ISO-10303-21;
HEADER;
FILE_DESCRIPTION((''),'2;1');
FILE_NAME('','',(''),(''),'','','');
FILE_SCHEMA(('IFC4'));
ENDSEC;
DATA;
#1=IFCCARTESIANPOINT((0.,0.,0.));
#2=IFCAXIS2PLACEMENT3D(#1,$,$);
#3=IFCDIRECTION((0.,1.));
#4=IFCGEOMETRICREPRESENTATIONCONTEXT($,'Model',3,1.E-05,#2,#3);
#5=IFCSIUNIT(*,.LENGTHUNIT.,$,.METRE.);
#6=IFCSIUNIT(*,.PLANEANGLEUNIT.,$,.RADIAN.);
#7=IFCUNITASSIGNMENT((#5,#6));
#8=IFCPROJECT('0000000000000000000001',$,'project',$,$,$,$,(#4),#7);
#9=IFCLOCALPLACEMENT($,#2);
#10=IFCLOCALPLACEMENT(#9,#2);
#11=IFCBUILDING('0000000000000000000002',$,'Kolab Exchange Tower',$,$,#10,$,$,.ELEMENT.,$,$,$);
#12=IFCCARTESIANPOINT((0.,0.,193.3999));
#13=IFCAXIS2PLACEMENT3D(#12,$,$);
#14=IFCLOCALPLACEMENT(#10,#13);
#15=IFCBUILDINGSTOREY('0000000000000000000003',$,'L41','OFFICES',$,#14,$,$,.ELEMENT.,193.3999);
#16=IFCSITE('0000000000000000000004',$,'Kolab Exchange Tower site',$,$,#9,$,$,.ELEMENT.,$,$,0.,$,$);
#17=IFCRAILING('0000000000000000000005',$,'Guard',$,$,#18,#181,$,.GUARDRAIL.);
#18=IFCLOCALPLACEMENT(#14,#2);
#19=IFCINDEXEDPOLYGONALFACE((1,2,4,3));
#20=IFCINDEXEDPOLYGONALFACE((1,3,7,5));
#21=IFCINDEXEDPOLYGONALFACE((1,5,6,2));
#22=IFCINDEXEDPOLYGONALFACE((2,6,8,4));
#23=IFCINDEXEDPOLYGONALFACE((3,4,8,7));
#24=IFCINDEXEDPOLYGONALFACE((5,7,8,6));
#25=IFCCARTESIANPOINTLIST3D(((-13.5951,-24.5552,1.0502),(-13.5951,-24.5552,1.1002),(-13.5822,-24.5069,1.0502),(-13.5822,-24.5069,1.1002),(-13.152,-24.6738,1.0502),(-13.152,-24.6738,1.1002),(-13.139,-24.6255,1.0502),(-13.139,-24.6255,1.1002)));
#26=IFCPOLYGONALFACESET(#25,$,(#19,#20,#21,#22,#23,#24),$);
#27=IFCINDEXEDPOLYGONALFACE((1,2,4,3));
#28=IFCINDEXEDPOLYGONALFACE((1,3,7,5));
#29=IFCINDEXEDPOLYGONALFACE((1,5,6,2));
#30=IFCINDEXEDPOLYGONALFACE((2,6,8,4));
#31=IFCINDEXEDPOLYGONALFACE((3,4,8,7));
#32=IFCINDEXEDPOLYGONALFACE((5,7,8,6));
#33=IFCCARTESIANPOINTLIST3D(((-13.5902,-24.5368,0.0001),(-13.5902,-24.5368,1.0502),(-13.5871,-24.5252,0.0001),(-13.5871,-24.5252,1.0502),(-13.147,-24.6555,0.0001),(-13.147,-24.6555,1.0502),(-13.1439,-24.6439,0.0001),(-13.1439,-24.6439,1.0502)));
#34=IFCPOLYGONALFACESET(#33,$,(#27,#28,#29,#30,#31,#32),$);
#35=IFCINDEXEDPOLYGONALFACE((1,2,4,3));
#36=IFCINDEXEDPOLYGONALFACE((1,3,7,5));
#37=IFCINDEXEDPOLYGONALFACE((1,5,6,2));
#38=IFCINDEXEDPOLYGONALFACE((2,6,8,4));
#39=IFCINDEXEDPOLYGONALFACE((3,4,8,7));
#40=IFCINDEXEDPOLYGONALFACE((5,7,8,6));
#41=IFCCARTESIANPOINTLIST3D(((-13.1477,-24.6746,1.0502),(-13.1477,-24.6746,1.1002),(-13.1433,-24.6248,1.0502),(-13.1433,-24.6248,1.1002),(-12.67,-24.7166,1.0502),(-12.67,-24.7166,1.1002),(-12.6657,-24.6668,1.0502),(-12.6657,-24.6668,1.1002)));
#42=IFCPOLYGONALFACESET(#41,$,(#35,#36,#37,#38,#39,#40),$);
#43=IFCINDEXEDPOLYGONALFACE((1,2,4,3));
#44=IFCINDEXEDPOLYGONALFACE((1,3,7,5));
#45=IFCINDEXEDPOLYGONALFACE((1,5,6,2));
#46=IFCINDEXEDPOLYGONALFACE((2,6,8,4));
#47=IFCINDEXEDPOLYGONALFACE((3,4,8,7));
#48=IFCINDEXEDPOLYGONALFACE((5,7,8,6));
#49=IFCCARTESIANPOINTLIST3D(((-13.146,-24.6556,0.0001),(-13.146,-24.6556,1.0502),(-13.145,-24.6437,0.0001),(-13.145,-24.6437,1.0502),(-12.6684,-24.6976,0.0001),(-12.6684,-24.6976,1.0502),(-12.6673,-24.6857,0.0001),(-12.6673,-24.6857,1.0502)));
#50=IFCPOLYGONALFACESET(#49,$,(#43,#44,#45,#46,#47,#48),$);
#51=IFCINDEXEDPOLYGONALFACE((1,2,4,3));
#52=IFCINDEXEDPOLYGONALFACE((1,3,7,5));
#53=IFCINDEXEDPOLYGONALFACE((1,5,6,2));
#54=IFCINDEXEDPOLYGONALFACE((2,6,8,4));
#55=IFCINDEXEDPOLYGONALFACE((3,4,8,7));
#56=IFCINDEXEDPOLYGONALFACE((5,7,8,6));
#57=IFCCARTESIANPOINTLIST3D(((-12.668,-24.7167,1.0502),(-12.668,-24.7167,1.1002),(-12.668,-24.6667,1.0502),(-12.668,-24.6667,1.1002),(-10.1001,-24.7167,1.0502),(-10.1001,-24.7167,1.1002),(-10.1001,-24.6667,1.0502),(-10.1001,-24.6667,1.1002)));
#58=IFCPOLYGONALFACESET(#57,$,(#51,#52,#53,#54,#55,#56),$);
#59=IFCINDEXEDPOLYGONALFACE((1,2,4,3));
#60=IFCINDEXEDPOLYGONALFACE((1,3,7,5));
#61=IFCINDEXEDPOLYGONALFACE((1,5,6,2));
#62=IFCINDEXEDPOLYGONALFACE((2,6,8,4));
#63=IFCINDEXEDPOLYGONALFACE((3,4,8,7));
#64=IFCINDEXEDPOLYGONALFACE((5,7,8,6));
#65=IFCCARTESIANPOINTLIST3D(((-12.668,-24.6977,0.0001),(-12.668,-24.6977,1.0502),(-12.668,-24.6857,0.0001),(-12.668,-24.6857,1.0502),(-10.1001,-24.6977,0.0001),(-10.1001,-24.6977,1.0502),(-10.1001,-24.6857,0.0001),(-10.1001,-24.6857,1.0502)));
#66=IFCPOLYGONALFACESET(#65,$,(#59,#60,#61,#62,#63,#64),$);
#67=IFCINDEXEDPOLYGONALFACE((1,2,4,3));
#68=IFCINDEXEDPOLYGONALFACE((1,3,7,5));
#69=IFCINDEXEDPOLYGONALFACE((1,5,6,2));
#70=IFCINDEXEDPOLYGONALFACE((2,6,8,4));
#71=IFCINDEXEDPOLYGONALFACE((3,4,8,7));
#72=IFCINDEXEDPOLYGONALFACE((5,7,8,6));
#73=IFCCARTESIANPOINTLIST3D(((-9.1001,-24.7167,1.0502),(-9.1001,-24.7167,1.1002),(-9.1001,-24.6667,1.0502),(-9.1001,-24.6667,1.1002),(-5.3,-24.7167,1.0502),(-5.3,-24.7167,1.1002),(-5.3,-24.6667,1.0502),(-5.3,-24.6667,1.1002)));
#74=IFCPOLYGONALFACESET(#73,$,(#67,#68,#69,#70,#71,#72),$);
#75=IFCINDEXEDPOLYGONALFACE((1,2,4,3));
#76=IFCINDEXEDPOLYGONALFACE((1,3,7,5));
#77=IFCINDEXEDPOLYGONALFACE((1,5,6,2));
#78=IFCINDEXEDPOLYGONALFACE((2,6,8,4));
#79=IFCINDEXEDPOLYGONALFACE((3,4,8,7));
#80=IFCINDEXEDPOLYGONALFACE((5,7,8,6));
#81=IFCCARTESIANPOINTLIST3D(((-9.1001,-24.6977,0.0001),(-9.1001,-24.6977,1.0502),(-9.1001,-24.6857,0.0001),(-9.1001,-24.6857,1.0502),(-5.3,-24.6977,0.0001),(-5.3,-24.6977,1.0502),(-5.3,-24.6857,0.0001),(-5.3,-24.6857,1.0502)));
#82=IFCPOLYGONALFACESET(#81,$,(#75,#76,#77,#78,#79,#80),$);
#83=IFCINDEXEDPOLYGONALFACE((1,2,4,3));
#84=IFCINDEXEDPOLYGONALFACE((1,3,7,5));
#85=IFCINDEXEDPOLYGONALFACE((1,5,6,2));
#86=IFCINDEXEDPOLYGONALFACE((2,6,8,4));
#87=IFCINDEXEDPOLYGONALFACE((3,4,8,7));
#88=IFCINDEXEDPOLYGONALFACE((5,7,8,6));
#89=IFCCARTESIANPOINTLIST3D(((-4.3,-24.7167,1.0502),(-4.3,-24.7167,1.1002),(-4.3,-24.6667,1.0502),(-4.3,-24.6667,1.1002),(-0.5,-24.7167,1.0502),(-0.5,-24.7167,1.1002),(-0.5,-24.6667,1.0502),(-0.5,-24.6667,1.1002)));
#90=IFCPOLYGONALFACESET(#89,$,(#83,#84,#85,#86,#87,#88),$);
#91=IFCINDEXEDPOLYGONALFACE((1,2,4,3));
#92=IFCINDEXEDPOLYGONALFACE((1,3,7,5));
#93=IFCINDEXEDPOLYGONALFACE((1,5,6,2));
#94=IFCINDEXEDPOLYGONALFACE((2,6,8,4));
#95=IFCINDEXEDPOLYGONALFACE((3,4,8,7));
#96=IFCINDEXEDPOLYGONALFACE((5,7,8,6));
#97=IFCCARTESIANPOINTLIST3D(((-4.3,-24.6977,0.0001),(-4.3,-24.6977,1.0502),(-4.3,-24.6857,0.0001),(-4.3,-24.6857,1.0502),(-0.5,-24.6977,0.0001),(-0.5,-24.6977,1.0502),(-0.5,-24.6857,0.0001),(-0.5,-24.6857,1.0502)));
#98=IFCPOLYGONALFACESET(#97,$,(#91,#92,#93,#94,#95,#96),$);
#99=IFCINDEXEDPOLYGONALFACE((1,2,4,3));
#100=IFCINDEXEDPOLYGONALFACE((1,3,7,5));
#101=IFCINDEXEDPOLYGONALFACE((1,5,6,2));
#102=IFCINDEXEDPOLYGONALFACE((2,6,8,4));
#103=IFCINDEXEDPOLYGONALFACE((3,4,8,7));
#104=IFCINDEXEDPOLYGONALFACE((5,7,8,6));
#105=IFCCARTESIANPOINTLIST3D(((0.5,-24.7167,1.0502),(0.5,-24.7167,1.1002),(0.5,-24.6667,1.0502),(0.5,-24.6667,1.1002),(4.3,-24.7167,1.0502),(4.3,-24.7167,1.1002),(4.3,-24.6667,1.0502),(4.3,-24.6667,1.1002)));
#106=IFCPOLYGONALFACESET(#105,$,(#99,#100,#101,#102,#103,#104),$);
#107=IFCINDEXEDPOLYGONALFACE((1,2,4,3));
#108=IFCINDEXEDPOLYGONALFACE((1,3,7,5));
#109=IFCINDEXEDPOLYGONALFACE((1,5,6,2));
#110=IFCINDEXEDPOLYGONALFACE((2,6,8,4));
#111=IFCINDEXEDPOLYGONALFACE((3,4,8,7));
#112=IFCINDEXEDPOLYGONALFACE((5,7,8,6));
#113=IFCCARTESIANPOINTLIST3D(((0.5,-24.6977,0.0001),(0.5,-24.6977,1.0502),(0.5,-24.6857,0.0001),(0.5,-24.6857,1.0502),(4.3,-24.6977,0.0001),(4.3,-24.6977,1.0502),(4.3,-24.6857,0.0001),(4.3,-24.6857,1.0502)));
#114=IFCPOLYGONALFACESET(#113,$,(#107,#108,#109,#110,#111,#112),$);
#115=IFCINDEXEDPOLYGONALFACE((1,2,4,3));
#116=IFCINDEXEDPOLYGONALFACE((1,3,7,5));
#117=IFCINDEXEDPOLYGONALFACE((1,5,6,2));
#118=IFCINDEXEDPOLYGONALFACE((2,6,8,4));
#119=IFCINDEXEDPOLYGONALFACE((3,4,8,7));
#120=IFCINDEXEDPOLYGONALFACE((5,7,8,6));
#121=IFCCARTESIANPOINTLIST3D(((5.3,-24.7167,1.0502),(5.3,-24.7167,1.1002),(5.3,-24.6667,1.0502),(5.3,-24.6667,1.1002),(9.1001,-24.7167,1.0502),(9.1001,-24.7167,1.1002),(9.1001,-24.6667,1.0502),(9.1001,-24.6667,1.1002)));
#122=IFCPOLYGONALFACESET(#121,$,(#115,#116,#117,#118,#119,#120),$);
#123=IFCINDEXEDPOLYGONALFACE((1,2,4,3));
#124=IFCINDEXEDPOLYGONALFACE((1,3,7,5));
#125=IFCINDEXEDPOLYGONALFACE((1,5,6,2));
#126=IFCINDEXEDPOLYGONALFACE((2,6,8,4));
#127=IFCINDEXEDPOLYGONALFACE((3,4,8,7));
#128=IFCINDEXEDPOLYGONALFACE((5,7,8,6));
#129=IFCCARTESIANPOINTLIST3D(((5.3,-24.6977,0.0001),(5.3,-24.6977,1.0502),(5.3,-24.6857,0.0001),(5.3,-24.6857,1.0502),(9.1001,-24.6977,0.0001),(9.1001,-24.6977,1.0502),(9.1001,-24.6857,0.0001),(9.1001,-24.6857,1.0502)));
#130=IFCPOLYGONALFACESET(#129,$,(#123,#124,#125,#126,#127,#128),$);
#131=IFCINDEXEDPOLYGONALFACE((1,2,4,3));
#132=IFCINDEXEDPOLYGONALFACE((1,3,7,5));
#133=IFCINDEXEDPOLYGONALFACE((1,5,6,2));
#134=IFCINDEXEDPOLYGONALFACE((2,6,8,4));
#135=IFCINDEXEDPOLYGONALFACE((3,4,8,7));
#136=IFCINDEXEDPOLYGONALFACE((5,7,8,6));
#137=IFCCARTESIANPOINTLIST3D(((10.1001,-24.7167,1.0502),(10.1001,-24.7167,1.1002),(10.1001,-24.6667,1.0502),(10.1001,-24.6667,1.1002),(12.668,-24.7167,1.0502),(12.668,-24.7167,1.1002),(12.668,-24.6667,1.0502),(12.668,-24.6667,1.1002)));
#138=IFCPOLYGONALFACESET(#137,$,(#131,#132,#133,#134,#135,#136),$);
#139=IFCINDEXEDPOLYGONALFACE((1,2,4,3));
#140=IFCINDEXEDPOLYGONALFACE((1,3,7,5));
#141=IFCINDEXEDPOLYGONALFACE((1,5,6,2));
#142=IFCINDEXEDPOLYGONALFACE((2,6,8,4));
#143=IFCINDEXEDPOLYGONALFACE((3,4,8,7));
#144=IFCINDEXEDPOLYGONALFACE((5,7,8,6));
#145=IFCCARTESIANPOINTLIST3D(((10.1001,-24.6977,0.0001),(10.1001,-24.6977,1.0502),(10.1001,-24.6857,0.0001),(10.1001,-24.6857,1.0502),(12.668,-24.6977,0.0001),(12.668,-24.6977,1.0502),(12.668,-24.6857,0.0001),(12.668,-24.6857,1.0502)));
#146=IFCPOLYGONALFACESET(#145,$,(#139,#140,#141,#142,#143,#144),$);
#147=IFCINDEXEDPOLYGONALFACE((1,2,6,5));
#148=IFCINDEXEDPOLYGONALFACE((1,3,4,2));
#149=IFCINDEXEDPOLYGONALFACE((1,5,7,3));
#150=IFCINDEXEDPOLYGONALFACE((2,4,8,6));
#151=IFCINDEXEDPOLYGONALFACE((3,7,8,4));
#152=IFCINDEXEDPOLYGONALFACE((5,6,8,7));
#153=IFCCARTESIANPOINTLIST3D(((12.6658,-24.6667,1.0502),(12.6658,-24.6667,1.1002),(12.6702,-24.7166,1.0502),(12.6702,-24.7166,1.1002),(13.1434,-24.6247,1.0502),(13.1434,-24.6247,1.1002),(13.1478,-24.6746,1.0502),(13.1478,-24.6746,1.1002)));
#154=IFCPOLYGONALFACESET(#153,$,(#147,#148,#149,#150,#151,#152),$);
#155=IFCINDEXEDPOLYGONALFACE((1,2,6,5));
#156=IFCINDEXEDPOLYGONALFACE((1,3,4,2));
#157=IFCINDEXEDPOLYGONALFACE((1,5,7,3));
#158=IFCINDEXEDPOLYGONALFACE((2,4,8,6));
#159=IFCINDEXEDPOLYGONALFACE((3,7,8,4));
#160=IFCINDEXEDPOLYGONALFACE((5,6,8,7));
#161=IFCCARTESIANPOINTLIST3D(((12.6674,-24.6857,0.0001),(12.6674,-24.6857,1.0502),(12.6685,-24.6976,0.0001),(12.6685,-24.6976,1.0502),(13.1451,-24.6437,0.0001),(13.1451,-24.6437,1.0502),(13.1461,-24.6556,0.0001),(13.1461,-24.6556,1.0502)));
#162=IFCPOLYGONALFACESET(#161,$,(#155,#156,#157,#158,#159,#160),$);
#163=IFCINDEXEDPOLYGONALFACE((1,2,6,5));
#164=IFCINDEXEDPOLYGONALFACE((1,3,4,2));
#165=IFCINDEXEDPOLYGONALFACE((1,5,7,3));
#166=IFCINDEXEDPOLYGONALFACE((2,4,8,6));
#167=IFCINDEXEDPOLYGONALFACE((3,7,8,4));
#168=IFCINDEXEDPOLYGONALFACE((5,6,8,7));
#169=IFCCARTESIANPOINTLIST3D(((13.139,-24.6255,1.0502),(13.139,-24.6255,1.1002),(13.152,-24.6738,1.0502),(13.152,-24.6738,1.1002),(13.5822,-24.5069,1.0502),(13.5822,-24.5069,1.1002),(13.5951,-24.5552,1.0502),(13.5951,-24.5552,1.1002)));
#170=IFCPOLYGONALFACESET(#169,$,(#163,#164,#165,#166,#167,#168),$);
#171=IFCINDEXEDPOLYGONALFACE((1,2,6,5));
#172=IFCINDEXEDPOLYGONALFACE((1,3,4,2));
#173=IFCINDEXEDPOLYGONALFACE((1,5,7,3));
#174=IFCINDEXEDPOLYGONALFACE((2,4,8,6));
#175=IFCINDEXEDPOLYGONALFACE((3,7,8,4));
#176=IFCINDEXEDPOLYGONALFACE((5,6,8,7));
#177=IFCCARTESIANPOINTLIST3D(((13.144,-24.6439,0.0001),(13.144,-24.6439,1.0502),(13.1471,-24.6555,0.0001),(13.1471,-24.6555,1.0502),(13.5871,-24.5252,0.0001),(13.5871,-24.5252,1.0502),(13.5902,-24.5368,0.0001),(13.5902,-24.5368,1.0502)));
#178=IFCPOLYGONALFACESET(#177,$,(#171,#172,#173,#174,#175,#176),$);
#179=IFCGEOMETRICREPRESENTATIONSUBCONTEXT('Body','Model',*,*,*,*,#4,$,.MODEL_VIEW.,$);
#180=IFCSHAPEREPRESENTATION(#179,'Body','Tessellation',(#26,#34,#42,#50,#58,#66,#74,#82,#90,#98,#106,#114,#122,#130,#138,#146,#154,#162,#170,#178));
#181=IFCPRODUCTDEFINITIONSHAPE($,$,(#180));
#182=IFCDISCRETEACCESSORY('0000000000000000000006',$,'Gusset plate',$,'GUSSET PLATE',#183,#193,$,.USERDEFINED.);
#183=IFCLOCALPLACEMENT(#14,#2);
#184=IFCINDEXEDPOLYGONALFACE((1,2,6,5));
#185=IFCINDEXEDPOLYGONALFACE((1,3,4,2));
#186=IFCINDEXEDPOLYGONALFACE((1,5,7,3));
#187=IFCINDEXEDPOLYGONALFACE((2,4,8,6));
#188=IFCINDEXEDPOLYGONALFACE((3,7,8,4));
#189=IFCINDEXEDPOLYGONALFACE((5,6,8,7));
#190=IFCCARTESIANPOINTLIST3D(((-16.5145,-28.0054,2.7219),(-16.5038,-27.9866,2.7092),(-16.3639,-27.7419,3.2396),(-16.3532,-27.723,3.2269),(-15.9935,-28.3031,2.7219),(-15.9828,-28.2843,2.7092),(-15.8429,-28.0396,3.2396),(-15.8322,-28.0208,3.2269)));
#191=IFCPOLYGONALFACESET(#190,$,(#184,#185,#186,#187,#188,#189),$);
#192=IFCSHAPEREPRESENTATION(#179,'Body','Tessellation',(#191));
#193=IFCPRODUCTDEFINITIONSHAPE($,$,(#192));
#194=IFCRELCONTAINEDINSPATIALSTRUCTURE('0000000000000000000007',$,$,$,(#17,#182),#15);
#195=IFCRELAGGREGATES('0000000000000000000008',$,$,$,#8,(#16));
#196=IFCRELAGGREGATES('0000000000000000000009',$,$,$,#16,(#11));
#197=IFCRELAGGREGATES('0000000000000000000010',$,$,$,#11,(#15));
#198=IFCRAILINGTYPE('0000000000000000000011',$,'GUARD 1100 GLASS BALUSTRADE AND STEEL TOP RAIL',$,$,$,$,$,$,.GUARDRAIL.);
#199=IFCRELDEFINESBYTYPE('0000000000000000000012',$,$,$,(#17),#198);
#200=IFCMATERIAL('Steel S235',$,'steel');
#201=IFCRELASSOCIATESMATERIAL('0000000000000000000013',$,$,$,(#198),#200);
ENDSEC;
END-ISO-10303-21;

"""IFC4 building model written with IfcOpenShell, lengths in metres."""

from ifc_helpers import new_model, si_unit, direction, frame, frame_2d, origin, origin_2d, place, context, subcontext, project, spatial, rectangle, extrude, material, type_object, element, save


model = new_model("IFC4")

# Units and contexts
model_context = context("Model", 3, precision=1e-05, world=origin(), true_north=direction((0.0, 1.0)))
body_context = subcontext(model_context, "Body", "Model", "MODEL_VIEW")
ifc_project = project(units=[si_unit("LENGTHUNIT", "METRE"), si_unit("PLANEANGLEUNIT", "RADIAN")], contexts=[model_context])

# Site, building, storey
site_placement = place(None, origin())
site = spatial("IfcSite", under=ifc_project, at=site_placement, Name="Kolab Exchange Tower site", CompositionType="ELEMENT", RefElevation=0.0)
building_placement = place(site_placement, origin())
building = spatial("IfcBuilding", under=site, at=building_placement, Name="Kolab Exchange Tower", CompositionType="ELEMENT")
storey_placement = place(building_placement, frame((0.0, 0.0, 193.3999)))
storey = spatial("IfcBuildingStorey", under=building, at=storey_placement, Name="L41", Description="OFFICES", CompositionType="ELEMENT", Elevation=193.3999)

# Railing
ifc_material_1 = material(Name="Steel S235", Category="steel")
railing_type = type_object("IfcRailingType", Name="GUARD 1100 GLASS BALUSTRADE AND STEEL TOP RAIL", PredefinedType="GUARDRAIL", material=ifc_material_1)
railing_placement = place(storey_placement, frame((-13.5886, -24.531, 0.0)))
element("IfcRailing", 1, at=railing_placement, inside=storey, type_object=railing_type, Name="Guard", PredefinedType="GUARDRAIL", context=body_context, shape_type="SweptSolid", body=[
    extrude(rectangle(XDim=0.05, YDim=0.05, at=origin_2d()), frame((0.0, 0.0, 1.0752), z_axis=(0.965969, -0.258656, 0.0), x_axis=(0.258656, 0.965969, 0.0)), (0.0, 0.0, 1.0), 0.4587),
    extrude(rectangle(XDim=0.012, YDim=1.0501, at=frame_2d((0.0, 0.5251))), frame((0.0, 0.0, 0.0), z_axis=(0.965969, -0.258656, 0.0), x_axis=(0.258656, 0.965969, 0.0)), (0.0, 0.0, 1.0), 0.4587),
    extrude(rectangle(XDim=0.05, YDim=0.05, at=origin_2d()), frame((0.4431, -0.1187, 1.0752), z_axis=(0.996156, -0.087597, 0.0), x_axis=(0.087597, 0.996156, 0.0)), (0.0, 0.0, 1.0), 0.4795),
    extrude(rectangle(XDim=0.012, YDim=1.0501, at=frame_2d((0.0, 0.5251))), frame((0.4431, -0.1187, 0.0), z_axis=(0.996156, -0.087597, 0.0), x_axis=(0.087597, 0.996156, 0.0)), (0.0, 0.0, 1.0), 0.4795),
    extrude(rectangle(XDim=0.05, YDim=0.05, at=origin_2d()), frame((0.9207, -0.1606, 1.0752), z_axis=(1.0, 0.0, 0.0), x_axis=(0.0, 1.0, 0.0)), (0.0, 0.0, 1.0), 2.5679),
    extrude(rectangle(XDim=0.012, YDim=1.0501, at=frame_2d((0.0, 0.5251))), frame((0.9207, -0.1606, 0.0), z_axis=(1.0, 0.0, 0.0), x_axis=(0.0, 1.0, 0.0)), (0.0, 0.0, 1.0), 2.5679),
    extrude(rectangle(XDim=0.05, YDim=0.05, at=origin_2d()), frame((4.4885, -0.1606, 1.0752), z_axis=(1.0, 0.0, 0.0), x_axis=(0.0, 1.0, 0.0)), (0.0, 0.0, 1.0), 3.8),
    extrude(rectangle(XDim=0.012, YDim=1.0501, at=frame_2d((0.0, 0.5251))), frame((4.4885, -0.1606, 0.0), z_axis=(1.0, 0.0, 0.0), x_axis=(0.0, 1.0, 0.0)), (0.0, 0.0, 1.0), 3.8),
    extrude(rectangle(XDim=0.05, YDim=0.05, at=origin_2d()), frame((9.2886, -0.1606, 1.0752), z_axis=(1.0, 0.0, 0.0), x_axis=(0.0, 1.0, 0.0)), (0.0, 0.0, 1.0), 3.8),
    extrude(rectangle(XDim=0.012, YDim=1.0501, at=frame_2d((0.0, 0.5251))), frame((9.2886, -0.1606, 0.0), z_axis=(1.0, 0.0, 0.0), x_axis=(0.0, 1.0, 0.0)), (0.0, 0.0, 1.0), 3.8),
    extrude(rectangle(XDim=0.05, YDim=0.05, at=origin_2d()), frame((14.0886, -0.1606, 1.0752), z_axis=(1.0, 0.0, 0.0), x_axis=(0.0, 1.0, 0.0)), (0.0, 0.0, 1.0), 3.8),
    extrude(rectangle(XDim=0.012, YDim=1.0501, at=frame_2d((0.0, 0.5251))), frame((14.0886, -0.1606, 0.0), z_axis=(1.0, 0.0, 0.0), x_axis=(0.0, 1.0, 0.0)), (0.0, 0.0, 1.0), 3.8),
    extrude(rectangle(XDim=0.05, YDim=0.05, at=origin_2d()), frame((18.8887, -0.1606, 1.0752), z_axis=(1.0, 0.0, 0.0), x_axis=(0.0, 1.0, 0.0)), (0.0, 0.0, 1.0), 3.8),
    extrude(rectangle(XDim=0.012, YDim=1.0501, at=frame_2d((0.0, 0.5251))), frame((18.8887, -0.1606, 0.0), z_axis=(1.0, 0.0, 0.0), x_axis=(0.0, 1.0, 0.0)), (0.0, 0.0, 1.0), 3.8),
    extrude(rectangle(XDim=0.05, YDim=0.05, at=origin_2d()), frame((23.6887, -0.1606, 1.0752), z_axis=(1.0, 0.0, 0.0), x_axis=(0.0, 1.0, 0.0)), (0.0, 0.0, 1.0), 2.5679),
    extrude(rectangle(XDim=0.012, YDim=1.0501, at=frame_2d((0.0, 0.5251))), frame((23.6887, -0.1606, 0.0), z_axis=(1.0, 0.0, 0.0), x_axis=(0.0, 1.0, 0.0)), (0.0, 0.0, 1.0), 2.5679),
    extrude(rectangle(XDim=0.05, YDim=0.05, at=origin_2d()), frame((26.2566, -0.1606, 1.0752), z_axis=(0.996156, 0.087597, 0.0), x_axis=(-0.087597, 0.996156, 0.0)), (0.0, 0.0, 1.0), 0.4795),
    extrude(rectangle(XDim=0.012, YDim=1.0501, at=frame_2d((0.0, 0.5251))), frame((26.2566, -0.1606, 0.0), z_axis=(0.996156, 0.087597, 0.0), x_axis=(-0.087597, 0.996156, 0.0)), (0.0, 0.0, 1.0), 0.4795),
    extrude(rectangle(XDim=0.05, YDim=0.05, at=origin_2d()), frame((26.7341, -0.1187, 1.0752), z_axis=(0.965969, 0.258656, 0.0), x_axis=(-0.258656, 0.965969, 0.0)), (0.0, 0.0, 1.0), 0.4587),
    extrude(rectangle(XDim=0.012, YDim=1.0501, at=frame_2d((0.0, 0.5251))), frame((26.7341, -0.1187, 0.0), z_axis=(0.965969, 0.258656, 0.0), x_axis=(-0.258656, 0.965969, 0.0)), (0.0, 0.0, 1.0), 0.4587),
])

# Discrete accessory
discrete_accessory_placement = place(storey_placement, frame((-16.168, -28.0037, 2.968), z_axis=(-0.427992, -0.748986, 0.505809), x_axis=(0.868243, -0.496139, 0.0)))
element("IfcDiscreteAccessory", 2, at=discrete_accessory_placement, inside=storey, Name="Gusset plate", ObjectType="GUSSET PLATE", PredefinedType="USERDEFINED", context=body_context, shape_type="SweptSolid", body=[
    extrude(rectangle(XDim=0.6001, YDim=0.6001, at=origin_2d()), origin(), (0.0, 0.0, 1.0), 0.0251),
])

save(model, "model.ifc")
